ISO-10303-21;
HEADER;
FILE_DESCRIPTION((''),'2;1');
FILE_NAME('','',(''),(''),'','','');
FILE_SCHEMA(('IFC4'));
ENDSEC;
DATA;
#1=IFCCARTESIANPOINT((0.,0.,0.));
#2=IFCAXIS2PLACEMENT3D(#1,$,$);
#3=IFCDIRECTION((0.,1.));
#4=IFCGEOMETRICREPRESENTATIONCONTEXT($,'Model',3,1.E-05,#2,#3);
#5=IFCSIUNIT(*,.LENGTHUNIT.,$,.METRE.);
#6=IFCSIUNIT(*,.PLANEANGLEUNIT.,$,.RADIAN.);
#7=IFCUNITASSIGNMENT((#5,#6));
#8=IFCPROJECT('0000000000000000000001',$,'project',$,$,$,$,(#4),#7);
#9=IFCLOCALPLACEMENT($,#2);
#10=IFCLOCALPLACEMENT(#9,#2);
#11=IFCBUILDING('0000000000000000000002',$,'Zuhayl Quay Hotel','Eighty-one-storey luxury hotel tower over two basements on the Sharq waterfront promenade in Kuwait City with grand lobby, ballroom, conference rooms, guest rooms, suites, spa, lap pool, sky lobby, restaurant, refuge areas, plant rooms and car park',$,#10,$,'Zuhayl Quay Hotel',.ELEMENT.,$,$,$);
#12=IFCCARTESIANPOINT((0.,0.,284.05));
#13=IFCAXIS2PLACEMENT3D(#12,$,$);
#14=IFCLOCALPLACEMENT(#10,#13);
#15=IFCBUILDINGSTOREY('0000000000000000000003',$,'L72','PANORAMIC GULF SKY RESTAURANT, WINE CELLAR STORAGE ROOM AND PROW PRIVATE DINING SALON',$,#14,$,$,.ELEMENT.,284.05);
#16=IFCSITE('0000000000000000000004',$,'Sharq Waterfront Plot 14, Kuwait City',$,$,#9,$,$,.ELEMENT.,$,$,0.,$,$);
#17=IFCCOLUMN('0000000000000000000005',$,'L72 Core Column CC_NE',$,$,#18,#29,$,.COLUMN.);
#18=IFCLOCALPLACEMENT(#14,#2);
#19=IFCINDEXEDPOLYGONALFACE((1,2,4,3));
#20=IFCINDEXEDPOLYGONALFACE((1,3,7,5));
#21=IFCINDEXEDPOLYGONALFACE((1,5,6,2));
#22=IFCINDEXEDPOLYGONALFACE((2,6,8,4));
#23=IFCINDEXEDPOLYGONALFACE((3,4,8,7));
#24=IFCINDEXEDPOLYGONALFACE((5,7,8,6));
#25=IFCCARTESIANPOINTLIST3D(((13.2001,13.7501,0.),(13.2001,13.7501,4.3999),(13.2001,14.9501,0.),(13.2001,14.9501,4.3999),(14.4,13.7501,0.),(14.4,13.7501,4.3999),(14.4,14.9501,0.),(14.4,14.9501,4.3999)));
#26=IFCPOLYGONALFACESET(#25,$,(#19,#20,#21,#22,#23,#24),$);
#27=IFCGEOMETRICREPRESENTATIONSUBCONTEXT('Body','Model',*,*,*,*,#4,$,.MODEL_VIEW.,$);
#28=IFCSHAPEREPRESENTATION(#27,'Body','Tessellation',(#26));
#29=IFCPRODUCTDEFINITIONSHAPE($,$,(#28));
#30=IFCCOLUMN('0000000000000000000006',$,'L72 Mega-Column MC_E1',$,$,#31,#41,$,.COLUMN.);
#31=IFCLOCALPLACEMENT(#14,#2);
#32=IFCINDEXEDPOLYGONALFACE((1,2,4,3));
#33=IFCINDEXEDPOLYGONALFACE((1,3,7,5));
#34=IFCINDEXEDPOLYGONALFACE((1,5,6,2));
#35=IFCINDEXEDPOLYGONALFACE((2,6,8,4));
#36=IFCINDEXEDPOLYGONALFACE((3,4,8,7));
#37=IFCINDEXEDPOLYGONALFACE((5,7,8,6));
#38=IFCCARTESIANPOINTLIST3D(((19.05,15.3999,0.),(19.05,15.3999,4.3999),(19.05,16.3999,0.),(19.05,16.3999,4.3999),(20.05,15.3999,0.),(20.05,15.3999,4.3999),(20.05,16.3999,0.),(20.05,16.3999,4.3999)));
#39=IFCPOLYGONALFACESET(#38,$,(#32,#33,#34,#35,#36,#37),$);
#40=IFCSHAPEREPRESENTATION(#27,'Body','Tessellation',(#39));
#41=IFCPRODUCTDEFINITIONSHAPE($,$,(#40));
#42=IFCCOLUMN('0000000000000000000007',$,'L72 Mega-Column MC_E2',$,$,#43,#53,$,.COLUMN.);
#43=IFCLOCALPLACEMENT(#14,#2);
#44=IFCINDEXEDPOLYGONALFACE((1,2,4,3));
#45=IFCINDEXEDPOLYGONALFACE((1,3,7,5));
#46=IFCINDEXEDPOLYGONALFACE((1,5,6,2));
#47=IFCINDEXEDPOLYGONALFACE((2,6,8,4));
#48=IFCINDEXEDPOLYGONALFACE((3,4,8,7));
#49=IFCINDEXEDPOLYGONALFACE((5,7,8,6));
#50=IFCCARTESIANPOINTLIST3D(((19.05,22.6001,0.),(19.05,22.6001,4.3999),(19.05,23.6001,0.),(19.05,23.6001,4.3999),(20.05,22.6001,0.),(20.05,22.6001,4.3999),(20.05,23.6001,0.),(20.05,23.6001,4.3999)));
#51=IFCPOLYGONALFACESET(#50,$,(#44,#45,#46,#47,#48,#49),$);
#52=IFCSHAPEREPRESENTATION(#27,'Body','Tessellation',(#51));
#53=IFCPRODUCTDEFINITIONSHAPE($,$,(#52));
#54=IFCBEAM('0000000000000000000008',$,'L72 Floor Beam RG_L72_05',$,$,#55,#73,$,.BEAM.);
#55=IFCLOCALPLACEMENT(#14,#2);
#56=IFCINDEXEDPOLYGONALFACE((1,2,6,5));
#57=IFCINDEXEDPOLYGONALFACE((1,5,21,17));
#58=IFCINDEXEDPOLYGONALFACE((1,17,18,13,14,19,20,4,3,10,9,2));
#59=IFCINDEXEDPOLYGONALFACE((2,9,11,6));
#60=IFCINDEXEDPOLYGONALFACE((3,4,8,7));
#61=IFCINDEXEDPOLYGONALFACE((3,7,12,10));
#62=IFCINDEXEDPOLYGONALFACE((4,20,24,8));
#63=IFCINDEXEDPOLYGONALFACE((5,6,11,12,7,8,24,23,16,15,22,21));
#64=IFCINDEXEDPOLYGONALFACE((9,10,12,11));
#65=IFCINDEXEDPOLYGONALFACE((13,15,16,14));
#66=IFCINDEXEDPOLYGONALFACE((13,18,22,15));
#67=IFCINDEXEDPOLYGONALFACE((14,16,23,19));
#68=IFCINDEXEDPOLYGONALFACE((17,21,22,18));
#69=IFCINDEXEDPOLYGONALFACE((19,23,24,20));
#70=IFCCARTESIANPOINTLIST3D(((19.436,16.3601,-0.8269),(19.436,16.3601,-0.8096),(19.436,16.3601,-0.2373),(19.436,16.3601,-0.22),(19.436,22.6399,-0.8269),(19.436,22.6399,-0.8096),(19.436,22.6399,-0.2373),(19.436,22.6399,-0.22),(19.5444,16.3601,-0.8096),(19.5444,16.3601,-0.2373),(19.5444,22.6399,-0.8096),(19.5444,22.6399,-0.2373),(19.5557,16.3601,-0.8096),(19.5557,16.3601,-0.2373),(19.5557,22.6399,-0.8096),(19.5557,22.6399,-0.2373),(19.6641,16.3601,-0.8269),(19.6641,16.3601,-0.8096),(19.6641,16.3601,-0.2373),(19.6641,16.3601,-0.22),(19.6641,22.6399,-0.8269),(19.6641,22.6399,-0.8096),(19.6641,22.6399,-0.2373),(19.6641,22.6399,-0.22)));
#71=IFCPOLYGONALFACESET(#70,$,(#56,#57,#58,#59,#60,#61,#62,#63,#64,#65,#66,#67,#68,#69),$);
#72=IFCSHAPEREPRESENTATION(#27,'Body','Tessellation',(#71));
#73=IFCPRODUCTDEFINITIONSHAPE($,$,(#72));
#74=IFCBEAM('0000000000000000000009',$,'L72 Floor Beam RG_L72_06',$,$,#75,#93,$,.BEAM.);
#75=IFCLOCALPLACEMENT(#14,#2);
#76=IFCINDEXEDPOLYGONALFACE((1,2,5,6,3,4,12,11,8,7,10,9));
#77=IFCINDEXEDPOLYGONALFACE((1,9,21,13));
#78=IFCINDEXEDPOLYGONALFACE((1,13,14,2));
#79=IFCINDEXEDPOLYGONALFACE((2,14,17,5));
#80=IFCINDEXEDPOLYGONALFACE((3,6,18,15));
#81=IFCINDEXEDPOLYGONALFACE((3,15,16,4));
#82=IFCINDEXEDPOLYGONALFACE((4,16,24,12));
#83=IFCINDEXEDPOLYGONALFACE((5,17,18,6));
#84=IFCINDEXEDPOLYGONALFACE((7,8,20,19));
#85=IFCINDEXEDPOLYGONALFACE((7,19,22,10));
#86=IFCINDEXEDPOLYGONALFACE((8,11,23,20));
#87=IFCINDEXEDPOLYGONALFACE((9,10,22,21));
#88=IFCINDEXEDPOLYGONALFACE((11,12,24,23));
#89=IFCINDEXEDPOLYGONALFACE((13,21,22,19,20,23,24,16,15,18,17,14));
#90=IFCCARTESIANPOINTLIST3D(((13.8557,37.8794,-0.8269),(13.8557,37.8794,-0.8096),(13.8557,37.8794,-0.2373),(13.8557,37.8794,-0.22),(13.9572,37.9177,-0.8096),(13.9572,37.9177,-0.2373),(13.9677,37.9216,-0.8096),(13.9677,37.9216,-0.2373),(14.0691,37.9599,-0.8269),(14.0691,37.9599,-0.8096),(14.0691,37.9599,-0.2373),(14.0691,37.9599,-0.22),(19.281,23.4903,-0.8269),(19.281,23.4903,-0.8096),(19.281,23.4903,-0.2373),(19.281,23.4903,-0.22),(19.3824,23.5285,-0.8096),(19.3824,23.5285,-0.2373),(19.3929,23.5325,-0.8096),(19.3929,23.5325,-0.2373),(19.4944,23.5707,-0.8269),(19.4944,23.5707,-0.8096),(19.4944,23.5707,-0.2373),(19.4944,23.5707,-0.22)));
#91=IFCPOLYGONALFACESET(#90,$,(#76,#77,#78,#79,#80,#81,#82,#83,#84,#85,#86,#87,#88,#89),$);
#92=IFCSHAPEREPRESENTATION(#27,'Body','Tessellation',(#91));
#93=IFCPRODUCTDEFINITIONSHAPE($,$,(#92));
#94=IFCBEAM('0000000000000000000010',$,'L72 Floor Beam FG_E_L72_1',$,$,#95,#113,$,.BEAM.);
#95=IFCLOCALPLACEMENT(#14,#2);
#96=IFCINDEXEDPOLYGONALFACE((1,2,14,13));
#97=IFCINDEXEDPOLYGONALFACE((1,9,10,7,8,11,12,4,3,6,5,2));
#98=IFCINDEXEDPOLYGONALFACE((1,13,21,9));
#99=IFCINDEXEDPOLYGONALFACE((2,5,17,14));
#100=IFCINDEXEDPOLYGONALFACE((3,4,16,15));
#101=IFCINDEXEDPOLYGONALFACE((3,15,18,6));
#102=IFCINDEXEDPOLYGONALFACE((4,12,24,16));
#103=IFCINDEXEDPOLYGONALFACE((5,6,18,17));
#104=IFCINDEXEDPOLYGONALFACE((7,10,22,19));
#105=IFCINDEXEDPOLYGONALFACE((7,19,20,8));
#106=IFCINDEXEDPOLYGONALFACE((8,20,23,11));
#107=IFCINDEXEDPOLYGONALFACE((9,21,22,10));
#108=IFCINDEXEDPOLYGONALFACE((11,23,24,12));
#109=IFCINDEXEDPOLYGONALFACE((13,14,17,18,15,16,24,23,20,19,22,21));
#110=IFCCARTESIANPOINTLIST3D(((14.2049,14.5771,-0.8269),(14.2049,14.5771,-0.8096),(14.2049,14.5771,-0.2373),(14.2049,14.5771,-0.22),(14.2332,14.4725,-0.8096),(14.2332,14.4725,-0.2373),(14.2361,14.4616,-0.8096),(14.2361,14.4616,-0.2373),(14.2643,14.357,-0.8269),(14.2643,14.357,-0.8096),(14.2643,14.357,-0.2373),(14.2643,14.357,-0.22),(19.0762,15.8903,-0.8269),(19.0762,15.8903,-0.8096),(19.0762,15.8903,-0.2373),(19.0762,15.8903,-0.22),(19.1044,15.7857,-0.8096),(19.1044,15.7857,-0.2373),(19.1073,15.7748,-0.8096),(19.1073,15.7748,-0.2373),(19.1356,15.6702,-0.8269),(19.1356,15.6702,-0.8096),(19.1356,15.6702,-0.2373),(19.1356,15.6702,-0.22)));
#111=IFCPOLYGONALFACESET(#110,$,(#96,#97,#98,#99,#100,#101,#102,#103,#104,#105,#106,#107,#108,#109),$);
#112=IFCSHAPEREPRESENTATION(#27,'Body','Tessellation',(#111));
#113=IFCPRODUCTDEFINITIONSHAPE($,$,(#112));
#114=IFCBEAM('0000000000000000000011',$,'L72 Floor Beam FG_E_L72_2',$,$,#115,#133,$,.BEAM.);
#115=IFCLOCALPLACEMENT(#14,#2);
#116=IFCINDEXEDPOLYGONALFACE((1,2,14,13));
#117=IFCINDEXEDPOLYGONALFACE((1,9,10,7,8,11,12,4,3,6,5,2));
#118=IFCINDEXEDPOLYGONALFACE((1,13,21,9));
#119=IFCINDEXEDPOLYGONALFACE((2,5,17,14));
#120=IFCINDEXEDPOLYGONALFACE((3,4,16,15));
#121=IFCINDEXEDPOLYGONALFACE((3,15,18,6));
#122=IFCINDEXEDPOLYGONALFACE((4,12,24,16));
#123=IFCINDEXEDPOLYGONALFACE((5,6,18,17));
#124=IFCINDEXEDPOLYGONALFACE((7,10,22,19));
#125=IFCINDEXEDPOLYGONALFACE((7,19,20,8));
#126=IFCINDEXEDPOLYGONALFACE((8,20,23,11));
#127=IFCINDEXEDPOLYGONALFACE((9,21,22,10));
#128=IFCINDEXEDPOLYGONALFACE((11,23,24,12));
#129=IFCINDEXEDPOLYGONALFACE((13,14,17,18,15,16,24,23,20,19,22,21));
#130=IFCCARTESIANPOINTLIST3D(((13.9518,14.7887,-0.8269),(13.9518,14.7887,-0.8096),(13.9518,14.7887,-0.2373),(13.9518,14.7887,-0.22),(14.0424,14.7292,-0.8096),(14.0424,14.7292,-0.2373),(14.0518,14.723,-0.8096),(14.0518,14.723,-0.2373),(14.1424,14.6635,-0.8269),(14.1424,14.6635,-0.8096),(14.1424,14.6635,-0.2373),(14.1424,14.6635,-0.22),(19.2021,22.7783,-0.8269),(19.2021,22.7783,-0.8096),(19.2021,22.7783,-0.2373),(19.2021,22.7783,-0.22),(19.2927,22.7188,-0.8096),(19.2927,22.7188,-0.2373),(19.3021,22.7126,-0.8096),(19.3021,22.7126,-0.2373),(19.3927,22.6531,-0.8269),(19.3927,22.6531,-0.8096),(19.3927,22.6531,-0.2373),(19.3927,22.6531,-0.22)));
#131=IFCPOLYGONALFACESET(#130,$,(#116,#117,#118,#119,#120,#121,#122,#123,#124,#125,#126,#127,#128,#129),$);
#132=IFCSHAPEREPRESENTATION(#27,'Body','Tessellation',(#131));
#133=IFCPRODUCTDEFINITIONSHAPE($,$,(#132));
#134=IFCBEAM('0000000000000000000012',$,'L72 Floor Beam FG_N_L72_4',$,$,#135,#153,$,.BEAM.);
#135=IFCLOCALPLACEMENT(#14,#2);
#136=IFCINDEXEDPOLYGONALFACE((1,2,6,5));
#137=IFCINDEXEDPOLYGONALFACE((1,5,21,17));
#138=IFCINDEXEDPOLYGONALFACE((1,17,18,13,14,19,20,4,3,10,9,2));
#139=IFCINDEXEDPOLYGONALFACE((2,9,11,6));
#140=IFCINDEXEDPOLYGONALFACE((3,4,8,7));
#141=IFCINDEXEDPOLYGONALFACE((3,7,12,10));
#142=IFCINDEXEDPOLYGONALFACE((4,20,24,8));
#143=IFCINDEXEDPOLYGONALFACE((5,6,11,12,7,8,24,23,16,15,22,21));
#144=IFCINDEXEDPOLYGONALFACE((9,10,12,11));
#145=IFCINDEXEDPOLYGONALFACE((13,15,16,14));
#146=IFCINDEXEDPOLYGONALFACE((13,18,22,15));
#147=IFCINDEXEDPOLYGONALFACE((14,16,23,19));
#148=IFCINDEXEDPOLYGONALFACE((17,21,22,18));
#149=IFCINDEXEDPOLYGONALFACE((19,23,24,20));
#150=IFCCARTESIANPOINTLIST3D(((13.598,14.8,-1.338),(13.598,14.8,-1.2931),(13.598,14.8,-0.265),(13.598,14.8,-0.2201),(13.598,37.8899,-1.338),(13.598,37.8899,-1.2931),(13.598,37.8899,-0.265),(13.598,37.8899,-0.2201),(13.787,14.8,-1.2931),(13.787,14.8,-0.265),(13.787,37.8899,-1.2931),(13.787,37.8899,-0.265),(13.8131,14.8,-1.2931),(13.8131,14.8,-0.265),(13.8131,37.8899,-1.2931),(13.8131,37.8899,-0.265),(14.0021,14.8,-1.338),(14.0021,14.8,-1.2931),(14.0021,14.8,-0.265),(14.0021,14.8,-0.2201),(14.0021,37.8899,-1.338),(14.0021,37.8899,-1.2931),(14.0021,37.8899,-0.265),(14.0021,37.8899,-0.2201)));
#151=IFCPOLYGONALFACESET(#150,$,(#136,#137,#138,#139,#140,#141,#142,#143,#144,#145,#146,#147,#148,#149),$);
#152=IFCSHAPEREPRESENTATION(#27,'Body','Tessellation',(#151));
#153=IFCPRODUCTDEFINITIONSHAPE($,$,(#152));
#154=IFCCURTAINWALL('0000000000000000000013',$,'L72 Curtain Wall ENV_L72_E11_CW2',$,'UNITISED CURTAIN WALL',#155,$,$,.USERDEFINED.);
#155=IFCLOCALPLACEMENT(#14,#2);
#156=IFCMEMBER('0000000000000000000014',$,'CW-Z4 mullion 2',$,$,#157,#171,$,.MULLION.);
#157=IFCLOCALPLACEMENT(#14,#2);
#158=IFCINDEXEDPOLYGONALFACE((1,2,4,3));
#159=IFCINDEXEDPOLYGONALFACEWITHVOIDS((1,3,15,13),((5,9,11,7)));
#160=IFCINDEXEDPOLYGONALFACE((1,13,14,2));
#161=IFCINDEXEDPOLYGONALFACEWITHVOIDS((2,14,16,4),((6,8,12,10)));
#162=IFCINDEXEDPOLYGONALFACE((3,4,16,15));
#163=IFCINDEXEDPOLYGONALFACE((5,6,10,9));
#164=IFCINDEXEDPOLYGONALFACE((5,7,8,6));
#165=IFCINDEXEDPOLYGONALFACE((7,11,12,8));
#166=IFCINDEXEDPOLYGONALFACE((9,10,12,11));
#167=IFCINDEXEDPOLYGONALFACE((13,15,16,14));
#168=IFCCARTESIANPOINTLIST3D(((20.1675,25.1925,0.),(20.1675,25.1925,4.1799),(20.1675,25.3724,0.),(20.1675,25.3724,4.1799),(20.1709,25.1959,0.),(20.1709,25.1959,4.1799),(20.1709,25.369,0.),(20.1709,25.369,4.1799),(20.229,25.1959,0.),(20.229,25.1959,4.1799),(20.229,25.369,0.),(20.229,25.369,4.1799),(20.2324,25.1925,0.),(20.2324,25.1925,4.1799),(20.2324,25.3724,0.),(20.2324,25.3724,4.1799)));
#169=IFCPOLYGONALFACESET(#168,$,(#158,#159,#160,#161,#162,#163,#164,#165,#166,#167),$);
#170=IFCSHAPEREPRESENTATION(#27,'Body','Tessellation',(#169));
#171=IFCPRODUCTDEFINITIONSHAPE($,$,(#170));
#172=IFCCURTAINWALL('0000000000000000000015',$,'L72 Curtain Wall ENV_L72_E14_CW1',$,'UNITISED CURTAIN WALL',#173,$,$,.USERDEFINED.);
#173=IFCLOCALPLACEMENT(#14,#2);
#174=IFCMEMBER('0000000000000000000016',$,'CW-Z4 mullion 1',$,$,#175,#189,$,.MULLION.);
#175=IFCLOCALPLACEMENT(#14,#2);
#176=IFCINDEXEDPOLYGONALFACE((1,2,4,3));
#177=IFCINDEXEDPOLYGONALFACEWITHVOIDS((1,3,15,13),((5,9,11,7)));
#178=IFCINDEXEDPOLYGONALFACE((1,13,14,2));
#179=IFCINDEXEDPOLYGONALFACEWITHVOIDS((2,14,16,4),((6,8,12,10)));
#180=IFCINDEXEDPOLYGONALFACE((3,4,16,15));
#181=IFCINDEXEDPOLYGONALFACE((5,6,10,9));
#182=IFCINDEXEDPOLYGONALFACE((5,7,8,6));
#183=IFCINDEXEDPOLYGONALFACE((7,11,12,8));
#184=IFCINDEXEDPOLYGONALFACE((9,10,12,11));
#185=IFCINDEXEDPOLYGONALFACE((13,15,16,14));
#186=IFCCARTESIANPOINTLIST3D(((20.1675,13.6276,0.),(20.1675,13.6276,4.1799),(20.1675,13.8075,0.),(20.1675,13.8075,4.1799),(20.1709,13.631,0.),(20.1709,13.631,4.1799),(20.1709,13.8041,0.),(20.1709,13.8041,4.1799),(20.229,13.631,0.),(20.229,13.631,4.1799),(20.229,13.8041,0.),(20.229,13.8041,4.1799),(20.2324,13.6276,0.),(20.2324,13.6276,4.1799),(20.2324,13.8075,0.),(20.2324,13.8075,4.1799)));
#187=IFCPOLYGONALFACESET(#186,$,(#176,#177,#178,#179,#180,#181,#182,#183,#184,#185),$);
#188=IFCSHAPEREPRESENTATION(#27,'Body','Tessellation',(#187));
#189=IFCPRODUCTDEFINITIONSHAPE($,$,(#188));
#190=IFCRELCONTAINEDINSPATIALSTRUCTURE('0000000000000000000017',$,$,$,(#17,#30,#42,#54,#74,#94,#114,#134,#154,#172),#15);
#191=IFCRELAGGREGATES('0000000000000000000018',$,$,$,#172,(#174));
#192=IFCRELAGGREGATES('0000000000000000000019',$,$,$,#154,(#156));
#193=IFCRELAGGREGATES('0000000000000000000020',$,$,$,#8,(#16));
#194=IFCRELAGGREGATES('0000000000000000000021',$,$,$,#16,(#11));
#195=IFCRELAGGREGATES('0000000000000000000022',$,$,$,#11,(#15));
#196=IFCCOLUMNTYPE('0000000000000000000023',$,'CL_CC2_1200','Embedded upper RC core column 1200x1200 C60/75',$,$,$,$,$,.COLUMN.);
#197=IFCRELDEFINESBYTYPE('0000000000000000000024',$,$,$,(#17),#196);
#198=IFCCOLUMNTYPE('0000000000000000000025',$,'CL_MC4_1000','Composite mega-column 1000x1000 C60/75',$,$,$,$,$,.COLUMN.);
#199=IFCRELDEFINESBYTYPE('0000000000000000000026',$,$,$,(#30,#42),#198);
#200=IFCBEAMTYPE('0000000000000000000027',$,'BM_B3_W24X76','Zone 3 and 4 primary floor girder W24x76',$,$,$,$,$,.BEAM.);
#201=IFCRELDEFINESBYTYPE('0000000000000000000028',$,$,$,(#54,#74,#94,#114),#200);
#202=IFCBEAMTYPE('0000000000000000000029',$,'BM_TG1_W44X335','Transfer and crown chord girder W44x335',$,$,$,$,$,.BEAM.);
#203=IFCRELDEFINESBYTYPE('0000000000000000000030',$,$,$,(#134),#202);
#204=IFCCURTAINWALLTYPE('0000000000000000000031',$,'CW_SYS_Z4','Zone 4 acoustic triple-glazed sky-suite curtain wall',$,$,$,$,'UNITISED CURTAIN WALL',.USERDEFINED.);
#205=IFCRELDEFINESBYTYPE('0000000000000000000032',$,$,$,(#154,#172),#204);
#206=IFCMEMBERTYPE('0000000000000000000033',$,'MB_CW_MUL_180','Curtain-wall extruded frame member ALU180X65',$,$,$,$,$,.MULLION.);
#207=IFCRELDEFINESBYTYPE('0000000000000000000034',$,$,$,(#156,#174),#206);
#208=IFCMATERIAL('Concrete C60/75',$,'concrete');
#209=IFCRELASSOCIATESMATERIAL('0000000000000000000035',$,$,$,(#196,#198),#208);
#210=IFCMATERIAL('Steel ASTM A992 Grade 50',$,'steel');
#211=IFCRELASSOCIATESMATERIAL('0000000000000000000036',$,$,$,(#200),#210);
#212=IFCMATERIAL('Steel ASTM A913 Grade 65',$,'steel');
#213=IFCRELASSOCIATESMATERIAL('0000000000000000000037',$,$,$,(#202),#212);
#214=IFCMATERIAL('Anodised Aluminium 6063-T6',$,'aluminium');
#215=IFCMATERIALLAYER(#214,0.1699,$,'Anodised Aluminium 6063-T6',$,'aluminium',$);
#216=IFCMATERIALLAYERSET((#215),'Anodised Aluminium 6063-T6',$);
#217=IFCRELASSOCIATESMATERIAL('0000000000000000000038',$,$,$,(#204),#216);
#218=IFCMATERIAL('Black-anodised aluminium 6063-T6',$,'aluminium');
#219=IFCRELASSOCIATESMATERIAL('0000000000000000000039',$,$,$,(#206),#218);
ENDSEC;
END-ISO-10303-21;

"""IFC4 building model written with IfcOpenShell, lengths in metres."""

from ifc_helpers import new_model, si_unit, direction, frame, origin, origin_2d, place, context, subcontext, project, spatial, rectangle, hollow_rectangle, i_section, extrude, material, layer, layer_set, material_profile, profile_set, type_object, element, aggregate, save


model = new_model("IFC4")

# Units and contexts
model_context = context("Model", 3, precision=1e-05, world=origin(), true_north=direction((0.0, 1.0)))
body_context = subcontext(model_context, "Body", "Model", "MODEL_VIEW")
ifc_project = project(units=[si_unit("LENGTHUNIT", "METRE"), si_unit("PLANEANGLEUNIT", "RADIAN")], contexts=[model_context])

# Site, building, storey
site_placement = place(None, origin())
site = spatial("IfcSite", under=ifc_project, at=site_placement, Name="Sharq Waterfront Plot 14, Kuwait City", CompositionType="ELEMENT", RefElevation=0.0)
building_placement = place(site_placement, origin())
building = spatial("IfcBuilding", under=site, at=building_placement, Name="Zuhayl Quay Hotel", Description="Eighty-one-storey luxury hotel tower over two basements on the Sharq waterfront promenade in Kuwait City with grand lobby, ballroom, conference rooms, guest rooms, suites, spa, lap pool, sky lobby, restaurant, refuge areas, plant rooms and car park", LongName="Zuhayl Quay Hotel", CompositionType="ELEMENT")
storey_placement = place(building_placement, frame((0.0, 0.0, 284.05)))
storey = spatial("IfcBuildingStorey", under=building, at=storey_placement, Name="L72", Description="PANORAMIC GULF SKY RESTAURANT, WINE CELLAR STORAGE ROOM AND PROW PRIVATE DINING SALON", CompositionType="ELEMENT", Elevation=284.05)

# Columns
ifc_material_1 = material(Name="Concrete C60/75", Category="concrete")
ifc_material_profile_1 = material_profile(ifc_material_1, rectangle(XDim=1.2, YDim=1.2, at=origin_2d()), Name="RC1200X1200")
ifc_profile_set_1 = profile_set([ifc_material_profile_1], Name="Concrete C60/75")
column_type_1 = type_object("IfcColumnType", Name="CL_CC2_1200", Description="Embedded upper RC core column 1200x1200 C60/75", PredefinedType="COLUMN", material=ifc_profile_set_1)
column_placement = place(storey_placement, frame((13.8, 14.3501, 0.0), z_axis=(0.0, 0.0, 1.0), x_axis=(1.0, 0.0, 0.0)))
element("IfcColumn", 1, at=column_placement, inside=storey, type_object=column_type_1, Name="L72 Core Column CC_NE", PredefinedType="COLUMN", context=body_context, shape_type="SweptSolid", body=[
    extrude(rectangle(XDim=1.2, YDim=1.2, at=origin_2d()), origin(), (0.0, 0.0, 1.0), 4.3999),
])
ifc_material_profile_2 = material_profile(ifc_material_1, rectangle(XDim=1.0, YDim=1.0, at=origin_2d()), Name="RC1000X1000")
ifc_profile_set_2 = profile_set([ifc_material_profile_2], Name="Concrete C60/75")
column_type_2 = type_object("IfcColumnType", Name="CL_MC4_1000", Description="Composite mega-column 1000x1000 C60/75", PredefinedType="COLUMN", material=ifc_profile_set_2)
for number, where, z_axis, x_axis, name in (
    (2, (19.55, 15.8999, 0.0), (0.0, 0.0, 1.0), (1.0, 0.0, 0.0), "L72 Mega-Column MC_E1"),
    (3, (19.55, 23.1001, 0.0), (0.0, 0.0, 1.0), (1.0, 0.0, 0.0), "L72 Mega-Column MC_E2"),
):
    element("IfcColumn", number, at=place(storey_placement, frame(where, z_axis=z_axis, x_axis=x_axis)), inside=storey, type_object=column_type_2, Name=name, PredefinedType="COLUMN", context=body_context, shape_type="SweptSolid", body=[
        extrude(rectangle(XDim=1.0, YDim=1.0, at=origin_2d()), origin(), (0.0, 0.0, 1.0), 4.3999),
    ])

# Beams
ifc_material_2 = material(Name="Steel ASTM A992 Grade 50", Category="steel")
ifc_material_profile_3 = material_profile(ifc_material_2, i_section(OverallWidth=0.228, OverallDepth=0.6069, WebThickness=0.0112, FlangeThickness=0.0173, at=origin_2d()), Name="W24X76")
ifc_profile_set_3 = profile_set([ifc_material_profile_3], Name="Steel ASTM A992 Grade 50")
beam_type_1 = type_object("IfcBeamType", Name="BM_B3_W24X76", Description="Zone 3 and 4 primary floor girder W24x76", PredefinedType="BEAM", material=ifc_profile_set_3)
beam_1_placement = place(storey_placement, frame((19.55, 16.3601, -0.5234), z_axis=(0.0, 1.0, 0.0), x_axis=(-1.0, 0.0, 0.0)))
element("IfcBeam", 4, at=beam_1_placement, inside=storey, type_object=beam_type_1, Name="L72 Floor Beam RG_L72_05", PredefinedType="BEAM", context=body_context, shape_type="SweptSolid", body=[
    extrude(i_section(OverallWidth=0.228, OverallDepth=0.6069, WebThickness=0.0112, FlangeThickness=0.0173, at=origin_2d()), origin(), (0.0, 0.0, 1.0), 6.2798),
])
beam_2_placement = place(storey_placement, frame((19.3877, 23.5305, -0.5234), z_axis=(-0.352797, 0.9357, 0.0), x_axis=(-0.9357, -0.352797, 0.0)))
element("IfcBeam", 5, at=beam_2_placement, inside=storey, type_object=beam_type_1, Name="L72 Floor Beam RG_L72_06", PredefinedType="BEAM", context=body_context, shape_type="SweptSolid", body=[
    extrude(i_section(OverallWidth=0.228, OverallDepth=0.6069, WebThickness=0.0112, FlangeThickness=0.0173, at=origin_2d()), origin(), (0.0, 0.0, 1.0), 15.3779),
])
beam_3_placement = place(storey_placement, frame((14.2346, 14.467, -0.5234), z_axis=(0.96553, 0.260291, 0.0), x_axis=(-0.260291, 0.96553, 0.0)))
element("IfcBeam", 6, at=beam_3_placement, inside=storey, type_object=beam_type_1, Name="L72 Floor Beam FG_E_L72_1", PredefinedType="BEAM", context=body_context, shape_type="SweptSolid", body=[
    extrude(i_section(OverallWidth=0.228, OverallDepth=0.6069, WebThickness=0.0112, FlangeThickness=0.0173, at=origin_2d()), origin(), (0.0, 0.0, 1.0), 5.0452),
])
beam_4_placement = place(storey_placement, frame((14.0471, 14.7261, -0.5234), z_axis=(0.549178, 0.835705, 0.0), x_axis=(-0.835705, 0.549178, 0.0)))
element("IfcBeam", 7, at=beam_4_placement, inside=storey, type_object=beam_type_1, Name="L72 Floor Beam FG_E_L72_2", PredefinedType="BEAM", context=body_context, shape_type="SweptSolid", body=[
    extrude(i_section(OverallWidth=0.228, OverallDepth=0.6069, WebThickness=0.0112, FlangeThickness=0.0173, at=origin_2d()), origin(), (0.0, 0.0, 1.0), 9.5603),
])
ifc_material_3 = material(Name="Steel ASTM A913 Grade 65", Category="steel")
ifc_material_profile_4 = material_profile(ifc_material_3, i_section(OverallWidth=0.4041, OverallDepth=1.1179, WebThickness=0.0261, FlangeThickness=0.0449, at=origin_2d()), Name="W44X335")
ifc_profile_set_4 = profile_set([ifc_material_profile_4], Name="Steel ASTM A913 Grade 65")
beam_type_2 = type_object("IfcBeamType", Name="BM_TG1_W44X335", Description="Transfer and crown chord girder W44x335", PredefinedType="BEAM", material=ifc_profile_set_4)
beam_5_placement = place(storey_placement, frame((13.8, 14.8, -0.7791), z_axis=(0.0, 1.0, 0.0), x_axis=(-1.0, 0.0, 0.0)))
element("IfcBeam", 8, at=beam_5_placement, inside=storey, type_object=beam_type_2, Name="L72 Floor Beam FG_N_L72_4", PredefinedType="BEAM", context=body_context, shape_type="SweptSolid", body=[
    extrude(i_section(OverallWidth=0.4041, OverallDepth=1.1179, WebThickness=0.0261, FlangeThickness=0.0449, at=origin_2d()), origin(), (0.0, 0.0, 1.0), 23.0898),
])

# Curtain walls, members
ifc_material_4 = material(Name="Anodised Aluminium 6063-T6", Category="aluminium")
ifc_layer_1 = layer(ifc_material_4, 0.1699, Name="Anodised Aluminium 6063-T6", Category="aluminium")
ifc_layer_set_1 = layer_set([ifc_layer_1], Name="Anodised Aluminium 6063-T6")
curtain_wall_type = type_object("IfcCurtainWallType", Name="CW_SYS_Z4", Description="Zone 4 acoustic triple-glazed sky-suite curtain wall", ElementType="UNITISED CURTAIN WALL", PredefinedType="USERDEFINED", material=ifc_layer_set_1)
curtain_wall_1_placement = place(storey_placement, origin())
curtain_wall_1 = element("IfcCurtainWall", 9, at=curtain_wall_1_placement, inside=storey, type_object=curtain_wall_type, Name="L72 Curtain Wall ENV_L72_E11_CW2", ObjectType="UNITISED CURTAIN WALL", PredefinedType="USERDEFINED")
ifc_material_5 = material(Name="Black-anodised aluminium 6063-T6", Category="aluminium")
ifc_material_profile_5 = material_profile(ifc_material_5, hollow_rectangle(XDim=0.0649, YDim=0.1799, WallThickness=0.0034, at=origin_2d()), Name="ALU180X65")
ifc_profile_set_5 = profile_set([ifc_material_profile_5], Name="Black-anodised aluminium 6063-T6")
member_type_1 = type_object("IfcMemberType", Name="MB_CW_MUL_180", Description="Curtain-wall extruded frame member ALU180X65", PredefinedType="MULLION", material=ifc_profile_set_5)
member_1_placement = place(storey_placement, frame((20.2, 25.2825, 0.0), z_axis=(0.0, 0.0, 1.0), x_axis=(1.0, 0.0, 0.0)))
member_1 = element("IfcMember", 10, at=member_1_placement, type_object=member_type_1, Name="CW-Z4 mullion 2", PredefinedType="MULLION", context=body_context, shape_type="SweptSolid", body=[
    extrude(hollow_rectangle(XDim=0.0649, YDim=0.1799, WallThickness=0.0034, at=origin_2d()), origin(), (0.0, 0.0, 1.0), 4.1799),
])
curtain_wall_2_placement = place(storey_placement, origin())
curtain_wall_2 = element("IfcCurtainWall", 11, at=curtain_wall_2_placement, inside=storey, type_object=curtain_wall_type, Name="L72 Curtain Wall ENV_L72_E14_CW1", ObjectType="UNITISED CURTAIN WALL", PredefinedType="USERDEFINED")
member_2_placement = place(storey_placement, frame((20.2, 13.7175, 0.0), z_axis=(0.0, 0.0, 1.0), x_axis=(1.0, 0.0, 0.0)))
member_2 = element("IfcMember", 12, at=member_2_placement, type_object=member_type_1, Name="CW-Z4 mullion 1", PredefinedType="MULLION", context=body_context, shape_type="SweptSolid", body=[
    extrude(hollow_rectangle(XDim=0.0649, YDim=0.1799, WallThickness=0.0034, at=origin_2d()), origin(), (0.0, 0.0, 1.0), 4.1799),
])

aggregate(curtain_wall_2, [member_2])

aggregate(curtain_wall_1, [member_1])

save(model, "model.ifc")
